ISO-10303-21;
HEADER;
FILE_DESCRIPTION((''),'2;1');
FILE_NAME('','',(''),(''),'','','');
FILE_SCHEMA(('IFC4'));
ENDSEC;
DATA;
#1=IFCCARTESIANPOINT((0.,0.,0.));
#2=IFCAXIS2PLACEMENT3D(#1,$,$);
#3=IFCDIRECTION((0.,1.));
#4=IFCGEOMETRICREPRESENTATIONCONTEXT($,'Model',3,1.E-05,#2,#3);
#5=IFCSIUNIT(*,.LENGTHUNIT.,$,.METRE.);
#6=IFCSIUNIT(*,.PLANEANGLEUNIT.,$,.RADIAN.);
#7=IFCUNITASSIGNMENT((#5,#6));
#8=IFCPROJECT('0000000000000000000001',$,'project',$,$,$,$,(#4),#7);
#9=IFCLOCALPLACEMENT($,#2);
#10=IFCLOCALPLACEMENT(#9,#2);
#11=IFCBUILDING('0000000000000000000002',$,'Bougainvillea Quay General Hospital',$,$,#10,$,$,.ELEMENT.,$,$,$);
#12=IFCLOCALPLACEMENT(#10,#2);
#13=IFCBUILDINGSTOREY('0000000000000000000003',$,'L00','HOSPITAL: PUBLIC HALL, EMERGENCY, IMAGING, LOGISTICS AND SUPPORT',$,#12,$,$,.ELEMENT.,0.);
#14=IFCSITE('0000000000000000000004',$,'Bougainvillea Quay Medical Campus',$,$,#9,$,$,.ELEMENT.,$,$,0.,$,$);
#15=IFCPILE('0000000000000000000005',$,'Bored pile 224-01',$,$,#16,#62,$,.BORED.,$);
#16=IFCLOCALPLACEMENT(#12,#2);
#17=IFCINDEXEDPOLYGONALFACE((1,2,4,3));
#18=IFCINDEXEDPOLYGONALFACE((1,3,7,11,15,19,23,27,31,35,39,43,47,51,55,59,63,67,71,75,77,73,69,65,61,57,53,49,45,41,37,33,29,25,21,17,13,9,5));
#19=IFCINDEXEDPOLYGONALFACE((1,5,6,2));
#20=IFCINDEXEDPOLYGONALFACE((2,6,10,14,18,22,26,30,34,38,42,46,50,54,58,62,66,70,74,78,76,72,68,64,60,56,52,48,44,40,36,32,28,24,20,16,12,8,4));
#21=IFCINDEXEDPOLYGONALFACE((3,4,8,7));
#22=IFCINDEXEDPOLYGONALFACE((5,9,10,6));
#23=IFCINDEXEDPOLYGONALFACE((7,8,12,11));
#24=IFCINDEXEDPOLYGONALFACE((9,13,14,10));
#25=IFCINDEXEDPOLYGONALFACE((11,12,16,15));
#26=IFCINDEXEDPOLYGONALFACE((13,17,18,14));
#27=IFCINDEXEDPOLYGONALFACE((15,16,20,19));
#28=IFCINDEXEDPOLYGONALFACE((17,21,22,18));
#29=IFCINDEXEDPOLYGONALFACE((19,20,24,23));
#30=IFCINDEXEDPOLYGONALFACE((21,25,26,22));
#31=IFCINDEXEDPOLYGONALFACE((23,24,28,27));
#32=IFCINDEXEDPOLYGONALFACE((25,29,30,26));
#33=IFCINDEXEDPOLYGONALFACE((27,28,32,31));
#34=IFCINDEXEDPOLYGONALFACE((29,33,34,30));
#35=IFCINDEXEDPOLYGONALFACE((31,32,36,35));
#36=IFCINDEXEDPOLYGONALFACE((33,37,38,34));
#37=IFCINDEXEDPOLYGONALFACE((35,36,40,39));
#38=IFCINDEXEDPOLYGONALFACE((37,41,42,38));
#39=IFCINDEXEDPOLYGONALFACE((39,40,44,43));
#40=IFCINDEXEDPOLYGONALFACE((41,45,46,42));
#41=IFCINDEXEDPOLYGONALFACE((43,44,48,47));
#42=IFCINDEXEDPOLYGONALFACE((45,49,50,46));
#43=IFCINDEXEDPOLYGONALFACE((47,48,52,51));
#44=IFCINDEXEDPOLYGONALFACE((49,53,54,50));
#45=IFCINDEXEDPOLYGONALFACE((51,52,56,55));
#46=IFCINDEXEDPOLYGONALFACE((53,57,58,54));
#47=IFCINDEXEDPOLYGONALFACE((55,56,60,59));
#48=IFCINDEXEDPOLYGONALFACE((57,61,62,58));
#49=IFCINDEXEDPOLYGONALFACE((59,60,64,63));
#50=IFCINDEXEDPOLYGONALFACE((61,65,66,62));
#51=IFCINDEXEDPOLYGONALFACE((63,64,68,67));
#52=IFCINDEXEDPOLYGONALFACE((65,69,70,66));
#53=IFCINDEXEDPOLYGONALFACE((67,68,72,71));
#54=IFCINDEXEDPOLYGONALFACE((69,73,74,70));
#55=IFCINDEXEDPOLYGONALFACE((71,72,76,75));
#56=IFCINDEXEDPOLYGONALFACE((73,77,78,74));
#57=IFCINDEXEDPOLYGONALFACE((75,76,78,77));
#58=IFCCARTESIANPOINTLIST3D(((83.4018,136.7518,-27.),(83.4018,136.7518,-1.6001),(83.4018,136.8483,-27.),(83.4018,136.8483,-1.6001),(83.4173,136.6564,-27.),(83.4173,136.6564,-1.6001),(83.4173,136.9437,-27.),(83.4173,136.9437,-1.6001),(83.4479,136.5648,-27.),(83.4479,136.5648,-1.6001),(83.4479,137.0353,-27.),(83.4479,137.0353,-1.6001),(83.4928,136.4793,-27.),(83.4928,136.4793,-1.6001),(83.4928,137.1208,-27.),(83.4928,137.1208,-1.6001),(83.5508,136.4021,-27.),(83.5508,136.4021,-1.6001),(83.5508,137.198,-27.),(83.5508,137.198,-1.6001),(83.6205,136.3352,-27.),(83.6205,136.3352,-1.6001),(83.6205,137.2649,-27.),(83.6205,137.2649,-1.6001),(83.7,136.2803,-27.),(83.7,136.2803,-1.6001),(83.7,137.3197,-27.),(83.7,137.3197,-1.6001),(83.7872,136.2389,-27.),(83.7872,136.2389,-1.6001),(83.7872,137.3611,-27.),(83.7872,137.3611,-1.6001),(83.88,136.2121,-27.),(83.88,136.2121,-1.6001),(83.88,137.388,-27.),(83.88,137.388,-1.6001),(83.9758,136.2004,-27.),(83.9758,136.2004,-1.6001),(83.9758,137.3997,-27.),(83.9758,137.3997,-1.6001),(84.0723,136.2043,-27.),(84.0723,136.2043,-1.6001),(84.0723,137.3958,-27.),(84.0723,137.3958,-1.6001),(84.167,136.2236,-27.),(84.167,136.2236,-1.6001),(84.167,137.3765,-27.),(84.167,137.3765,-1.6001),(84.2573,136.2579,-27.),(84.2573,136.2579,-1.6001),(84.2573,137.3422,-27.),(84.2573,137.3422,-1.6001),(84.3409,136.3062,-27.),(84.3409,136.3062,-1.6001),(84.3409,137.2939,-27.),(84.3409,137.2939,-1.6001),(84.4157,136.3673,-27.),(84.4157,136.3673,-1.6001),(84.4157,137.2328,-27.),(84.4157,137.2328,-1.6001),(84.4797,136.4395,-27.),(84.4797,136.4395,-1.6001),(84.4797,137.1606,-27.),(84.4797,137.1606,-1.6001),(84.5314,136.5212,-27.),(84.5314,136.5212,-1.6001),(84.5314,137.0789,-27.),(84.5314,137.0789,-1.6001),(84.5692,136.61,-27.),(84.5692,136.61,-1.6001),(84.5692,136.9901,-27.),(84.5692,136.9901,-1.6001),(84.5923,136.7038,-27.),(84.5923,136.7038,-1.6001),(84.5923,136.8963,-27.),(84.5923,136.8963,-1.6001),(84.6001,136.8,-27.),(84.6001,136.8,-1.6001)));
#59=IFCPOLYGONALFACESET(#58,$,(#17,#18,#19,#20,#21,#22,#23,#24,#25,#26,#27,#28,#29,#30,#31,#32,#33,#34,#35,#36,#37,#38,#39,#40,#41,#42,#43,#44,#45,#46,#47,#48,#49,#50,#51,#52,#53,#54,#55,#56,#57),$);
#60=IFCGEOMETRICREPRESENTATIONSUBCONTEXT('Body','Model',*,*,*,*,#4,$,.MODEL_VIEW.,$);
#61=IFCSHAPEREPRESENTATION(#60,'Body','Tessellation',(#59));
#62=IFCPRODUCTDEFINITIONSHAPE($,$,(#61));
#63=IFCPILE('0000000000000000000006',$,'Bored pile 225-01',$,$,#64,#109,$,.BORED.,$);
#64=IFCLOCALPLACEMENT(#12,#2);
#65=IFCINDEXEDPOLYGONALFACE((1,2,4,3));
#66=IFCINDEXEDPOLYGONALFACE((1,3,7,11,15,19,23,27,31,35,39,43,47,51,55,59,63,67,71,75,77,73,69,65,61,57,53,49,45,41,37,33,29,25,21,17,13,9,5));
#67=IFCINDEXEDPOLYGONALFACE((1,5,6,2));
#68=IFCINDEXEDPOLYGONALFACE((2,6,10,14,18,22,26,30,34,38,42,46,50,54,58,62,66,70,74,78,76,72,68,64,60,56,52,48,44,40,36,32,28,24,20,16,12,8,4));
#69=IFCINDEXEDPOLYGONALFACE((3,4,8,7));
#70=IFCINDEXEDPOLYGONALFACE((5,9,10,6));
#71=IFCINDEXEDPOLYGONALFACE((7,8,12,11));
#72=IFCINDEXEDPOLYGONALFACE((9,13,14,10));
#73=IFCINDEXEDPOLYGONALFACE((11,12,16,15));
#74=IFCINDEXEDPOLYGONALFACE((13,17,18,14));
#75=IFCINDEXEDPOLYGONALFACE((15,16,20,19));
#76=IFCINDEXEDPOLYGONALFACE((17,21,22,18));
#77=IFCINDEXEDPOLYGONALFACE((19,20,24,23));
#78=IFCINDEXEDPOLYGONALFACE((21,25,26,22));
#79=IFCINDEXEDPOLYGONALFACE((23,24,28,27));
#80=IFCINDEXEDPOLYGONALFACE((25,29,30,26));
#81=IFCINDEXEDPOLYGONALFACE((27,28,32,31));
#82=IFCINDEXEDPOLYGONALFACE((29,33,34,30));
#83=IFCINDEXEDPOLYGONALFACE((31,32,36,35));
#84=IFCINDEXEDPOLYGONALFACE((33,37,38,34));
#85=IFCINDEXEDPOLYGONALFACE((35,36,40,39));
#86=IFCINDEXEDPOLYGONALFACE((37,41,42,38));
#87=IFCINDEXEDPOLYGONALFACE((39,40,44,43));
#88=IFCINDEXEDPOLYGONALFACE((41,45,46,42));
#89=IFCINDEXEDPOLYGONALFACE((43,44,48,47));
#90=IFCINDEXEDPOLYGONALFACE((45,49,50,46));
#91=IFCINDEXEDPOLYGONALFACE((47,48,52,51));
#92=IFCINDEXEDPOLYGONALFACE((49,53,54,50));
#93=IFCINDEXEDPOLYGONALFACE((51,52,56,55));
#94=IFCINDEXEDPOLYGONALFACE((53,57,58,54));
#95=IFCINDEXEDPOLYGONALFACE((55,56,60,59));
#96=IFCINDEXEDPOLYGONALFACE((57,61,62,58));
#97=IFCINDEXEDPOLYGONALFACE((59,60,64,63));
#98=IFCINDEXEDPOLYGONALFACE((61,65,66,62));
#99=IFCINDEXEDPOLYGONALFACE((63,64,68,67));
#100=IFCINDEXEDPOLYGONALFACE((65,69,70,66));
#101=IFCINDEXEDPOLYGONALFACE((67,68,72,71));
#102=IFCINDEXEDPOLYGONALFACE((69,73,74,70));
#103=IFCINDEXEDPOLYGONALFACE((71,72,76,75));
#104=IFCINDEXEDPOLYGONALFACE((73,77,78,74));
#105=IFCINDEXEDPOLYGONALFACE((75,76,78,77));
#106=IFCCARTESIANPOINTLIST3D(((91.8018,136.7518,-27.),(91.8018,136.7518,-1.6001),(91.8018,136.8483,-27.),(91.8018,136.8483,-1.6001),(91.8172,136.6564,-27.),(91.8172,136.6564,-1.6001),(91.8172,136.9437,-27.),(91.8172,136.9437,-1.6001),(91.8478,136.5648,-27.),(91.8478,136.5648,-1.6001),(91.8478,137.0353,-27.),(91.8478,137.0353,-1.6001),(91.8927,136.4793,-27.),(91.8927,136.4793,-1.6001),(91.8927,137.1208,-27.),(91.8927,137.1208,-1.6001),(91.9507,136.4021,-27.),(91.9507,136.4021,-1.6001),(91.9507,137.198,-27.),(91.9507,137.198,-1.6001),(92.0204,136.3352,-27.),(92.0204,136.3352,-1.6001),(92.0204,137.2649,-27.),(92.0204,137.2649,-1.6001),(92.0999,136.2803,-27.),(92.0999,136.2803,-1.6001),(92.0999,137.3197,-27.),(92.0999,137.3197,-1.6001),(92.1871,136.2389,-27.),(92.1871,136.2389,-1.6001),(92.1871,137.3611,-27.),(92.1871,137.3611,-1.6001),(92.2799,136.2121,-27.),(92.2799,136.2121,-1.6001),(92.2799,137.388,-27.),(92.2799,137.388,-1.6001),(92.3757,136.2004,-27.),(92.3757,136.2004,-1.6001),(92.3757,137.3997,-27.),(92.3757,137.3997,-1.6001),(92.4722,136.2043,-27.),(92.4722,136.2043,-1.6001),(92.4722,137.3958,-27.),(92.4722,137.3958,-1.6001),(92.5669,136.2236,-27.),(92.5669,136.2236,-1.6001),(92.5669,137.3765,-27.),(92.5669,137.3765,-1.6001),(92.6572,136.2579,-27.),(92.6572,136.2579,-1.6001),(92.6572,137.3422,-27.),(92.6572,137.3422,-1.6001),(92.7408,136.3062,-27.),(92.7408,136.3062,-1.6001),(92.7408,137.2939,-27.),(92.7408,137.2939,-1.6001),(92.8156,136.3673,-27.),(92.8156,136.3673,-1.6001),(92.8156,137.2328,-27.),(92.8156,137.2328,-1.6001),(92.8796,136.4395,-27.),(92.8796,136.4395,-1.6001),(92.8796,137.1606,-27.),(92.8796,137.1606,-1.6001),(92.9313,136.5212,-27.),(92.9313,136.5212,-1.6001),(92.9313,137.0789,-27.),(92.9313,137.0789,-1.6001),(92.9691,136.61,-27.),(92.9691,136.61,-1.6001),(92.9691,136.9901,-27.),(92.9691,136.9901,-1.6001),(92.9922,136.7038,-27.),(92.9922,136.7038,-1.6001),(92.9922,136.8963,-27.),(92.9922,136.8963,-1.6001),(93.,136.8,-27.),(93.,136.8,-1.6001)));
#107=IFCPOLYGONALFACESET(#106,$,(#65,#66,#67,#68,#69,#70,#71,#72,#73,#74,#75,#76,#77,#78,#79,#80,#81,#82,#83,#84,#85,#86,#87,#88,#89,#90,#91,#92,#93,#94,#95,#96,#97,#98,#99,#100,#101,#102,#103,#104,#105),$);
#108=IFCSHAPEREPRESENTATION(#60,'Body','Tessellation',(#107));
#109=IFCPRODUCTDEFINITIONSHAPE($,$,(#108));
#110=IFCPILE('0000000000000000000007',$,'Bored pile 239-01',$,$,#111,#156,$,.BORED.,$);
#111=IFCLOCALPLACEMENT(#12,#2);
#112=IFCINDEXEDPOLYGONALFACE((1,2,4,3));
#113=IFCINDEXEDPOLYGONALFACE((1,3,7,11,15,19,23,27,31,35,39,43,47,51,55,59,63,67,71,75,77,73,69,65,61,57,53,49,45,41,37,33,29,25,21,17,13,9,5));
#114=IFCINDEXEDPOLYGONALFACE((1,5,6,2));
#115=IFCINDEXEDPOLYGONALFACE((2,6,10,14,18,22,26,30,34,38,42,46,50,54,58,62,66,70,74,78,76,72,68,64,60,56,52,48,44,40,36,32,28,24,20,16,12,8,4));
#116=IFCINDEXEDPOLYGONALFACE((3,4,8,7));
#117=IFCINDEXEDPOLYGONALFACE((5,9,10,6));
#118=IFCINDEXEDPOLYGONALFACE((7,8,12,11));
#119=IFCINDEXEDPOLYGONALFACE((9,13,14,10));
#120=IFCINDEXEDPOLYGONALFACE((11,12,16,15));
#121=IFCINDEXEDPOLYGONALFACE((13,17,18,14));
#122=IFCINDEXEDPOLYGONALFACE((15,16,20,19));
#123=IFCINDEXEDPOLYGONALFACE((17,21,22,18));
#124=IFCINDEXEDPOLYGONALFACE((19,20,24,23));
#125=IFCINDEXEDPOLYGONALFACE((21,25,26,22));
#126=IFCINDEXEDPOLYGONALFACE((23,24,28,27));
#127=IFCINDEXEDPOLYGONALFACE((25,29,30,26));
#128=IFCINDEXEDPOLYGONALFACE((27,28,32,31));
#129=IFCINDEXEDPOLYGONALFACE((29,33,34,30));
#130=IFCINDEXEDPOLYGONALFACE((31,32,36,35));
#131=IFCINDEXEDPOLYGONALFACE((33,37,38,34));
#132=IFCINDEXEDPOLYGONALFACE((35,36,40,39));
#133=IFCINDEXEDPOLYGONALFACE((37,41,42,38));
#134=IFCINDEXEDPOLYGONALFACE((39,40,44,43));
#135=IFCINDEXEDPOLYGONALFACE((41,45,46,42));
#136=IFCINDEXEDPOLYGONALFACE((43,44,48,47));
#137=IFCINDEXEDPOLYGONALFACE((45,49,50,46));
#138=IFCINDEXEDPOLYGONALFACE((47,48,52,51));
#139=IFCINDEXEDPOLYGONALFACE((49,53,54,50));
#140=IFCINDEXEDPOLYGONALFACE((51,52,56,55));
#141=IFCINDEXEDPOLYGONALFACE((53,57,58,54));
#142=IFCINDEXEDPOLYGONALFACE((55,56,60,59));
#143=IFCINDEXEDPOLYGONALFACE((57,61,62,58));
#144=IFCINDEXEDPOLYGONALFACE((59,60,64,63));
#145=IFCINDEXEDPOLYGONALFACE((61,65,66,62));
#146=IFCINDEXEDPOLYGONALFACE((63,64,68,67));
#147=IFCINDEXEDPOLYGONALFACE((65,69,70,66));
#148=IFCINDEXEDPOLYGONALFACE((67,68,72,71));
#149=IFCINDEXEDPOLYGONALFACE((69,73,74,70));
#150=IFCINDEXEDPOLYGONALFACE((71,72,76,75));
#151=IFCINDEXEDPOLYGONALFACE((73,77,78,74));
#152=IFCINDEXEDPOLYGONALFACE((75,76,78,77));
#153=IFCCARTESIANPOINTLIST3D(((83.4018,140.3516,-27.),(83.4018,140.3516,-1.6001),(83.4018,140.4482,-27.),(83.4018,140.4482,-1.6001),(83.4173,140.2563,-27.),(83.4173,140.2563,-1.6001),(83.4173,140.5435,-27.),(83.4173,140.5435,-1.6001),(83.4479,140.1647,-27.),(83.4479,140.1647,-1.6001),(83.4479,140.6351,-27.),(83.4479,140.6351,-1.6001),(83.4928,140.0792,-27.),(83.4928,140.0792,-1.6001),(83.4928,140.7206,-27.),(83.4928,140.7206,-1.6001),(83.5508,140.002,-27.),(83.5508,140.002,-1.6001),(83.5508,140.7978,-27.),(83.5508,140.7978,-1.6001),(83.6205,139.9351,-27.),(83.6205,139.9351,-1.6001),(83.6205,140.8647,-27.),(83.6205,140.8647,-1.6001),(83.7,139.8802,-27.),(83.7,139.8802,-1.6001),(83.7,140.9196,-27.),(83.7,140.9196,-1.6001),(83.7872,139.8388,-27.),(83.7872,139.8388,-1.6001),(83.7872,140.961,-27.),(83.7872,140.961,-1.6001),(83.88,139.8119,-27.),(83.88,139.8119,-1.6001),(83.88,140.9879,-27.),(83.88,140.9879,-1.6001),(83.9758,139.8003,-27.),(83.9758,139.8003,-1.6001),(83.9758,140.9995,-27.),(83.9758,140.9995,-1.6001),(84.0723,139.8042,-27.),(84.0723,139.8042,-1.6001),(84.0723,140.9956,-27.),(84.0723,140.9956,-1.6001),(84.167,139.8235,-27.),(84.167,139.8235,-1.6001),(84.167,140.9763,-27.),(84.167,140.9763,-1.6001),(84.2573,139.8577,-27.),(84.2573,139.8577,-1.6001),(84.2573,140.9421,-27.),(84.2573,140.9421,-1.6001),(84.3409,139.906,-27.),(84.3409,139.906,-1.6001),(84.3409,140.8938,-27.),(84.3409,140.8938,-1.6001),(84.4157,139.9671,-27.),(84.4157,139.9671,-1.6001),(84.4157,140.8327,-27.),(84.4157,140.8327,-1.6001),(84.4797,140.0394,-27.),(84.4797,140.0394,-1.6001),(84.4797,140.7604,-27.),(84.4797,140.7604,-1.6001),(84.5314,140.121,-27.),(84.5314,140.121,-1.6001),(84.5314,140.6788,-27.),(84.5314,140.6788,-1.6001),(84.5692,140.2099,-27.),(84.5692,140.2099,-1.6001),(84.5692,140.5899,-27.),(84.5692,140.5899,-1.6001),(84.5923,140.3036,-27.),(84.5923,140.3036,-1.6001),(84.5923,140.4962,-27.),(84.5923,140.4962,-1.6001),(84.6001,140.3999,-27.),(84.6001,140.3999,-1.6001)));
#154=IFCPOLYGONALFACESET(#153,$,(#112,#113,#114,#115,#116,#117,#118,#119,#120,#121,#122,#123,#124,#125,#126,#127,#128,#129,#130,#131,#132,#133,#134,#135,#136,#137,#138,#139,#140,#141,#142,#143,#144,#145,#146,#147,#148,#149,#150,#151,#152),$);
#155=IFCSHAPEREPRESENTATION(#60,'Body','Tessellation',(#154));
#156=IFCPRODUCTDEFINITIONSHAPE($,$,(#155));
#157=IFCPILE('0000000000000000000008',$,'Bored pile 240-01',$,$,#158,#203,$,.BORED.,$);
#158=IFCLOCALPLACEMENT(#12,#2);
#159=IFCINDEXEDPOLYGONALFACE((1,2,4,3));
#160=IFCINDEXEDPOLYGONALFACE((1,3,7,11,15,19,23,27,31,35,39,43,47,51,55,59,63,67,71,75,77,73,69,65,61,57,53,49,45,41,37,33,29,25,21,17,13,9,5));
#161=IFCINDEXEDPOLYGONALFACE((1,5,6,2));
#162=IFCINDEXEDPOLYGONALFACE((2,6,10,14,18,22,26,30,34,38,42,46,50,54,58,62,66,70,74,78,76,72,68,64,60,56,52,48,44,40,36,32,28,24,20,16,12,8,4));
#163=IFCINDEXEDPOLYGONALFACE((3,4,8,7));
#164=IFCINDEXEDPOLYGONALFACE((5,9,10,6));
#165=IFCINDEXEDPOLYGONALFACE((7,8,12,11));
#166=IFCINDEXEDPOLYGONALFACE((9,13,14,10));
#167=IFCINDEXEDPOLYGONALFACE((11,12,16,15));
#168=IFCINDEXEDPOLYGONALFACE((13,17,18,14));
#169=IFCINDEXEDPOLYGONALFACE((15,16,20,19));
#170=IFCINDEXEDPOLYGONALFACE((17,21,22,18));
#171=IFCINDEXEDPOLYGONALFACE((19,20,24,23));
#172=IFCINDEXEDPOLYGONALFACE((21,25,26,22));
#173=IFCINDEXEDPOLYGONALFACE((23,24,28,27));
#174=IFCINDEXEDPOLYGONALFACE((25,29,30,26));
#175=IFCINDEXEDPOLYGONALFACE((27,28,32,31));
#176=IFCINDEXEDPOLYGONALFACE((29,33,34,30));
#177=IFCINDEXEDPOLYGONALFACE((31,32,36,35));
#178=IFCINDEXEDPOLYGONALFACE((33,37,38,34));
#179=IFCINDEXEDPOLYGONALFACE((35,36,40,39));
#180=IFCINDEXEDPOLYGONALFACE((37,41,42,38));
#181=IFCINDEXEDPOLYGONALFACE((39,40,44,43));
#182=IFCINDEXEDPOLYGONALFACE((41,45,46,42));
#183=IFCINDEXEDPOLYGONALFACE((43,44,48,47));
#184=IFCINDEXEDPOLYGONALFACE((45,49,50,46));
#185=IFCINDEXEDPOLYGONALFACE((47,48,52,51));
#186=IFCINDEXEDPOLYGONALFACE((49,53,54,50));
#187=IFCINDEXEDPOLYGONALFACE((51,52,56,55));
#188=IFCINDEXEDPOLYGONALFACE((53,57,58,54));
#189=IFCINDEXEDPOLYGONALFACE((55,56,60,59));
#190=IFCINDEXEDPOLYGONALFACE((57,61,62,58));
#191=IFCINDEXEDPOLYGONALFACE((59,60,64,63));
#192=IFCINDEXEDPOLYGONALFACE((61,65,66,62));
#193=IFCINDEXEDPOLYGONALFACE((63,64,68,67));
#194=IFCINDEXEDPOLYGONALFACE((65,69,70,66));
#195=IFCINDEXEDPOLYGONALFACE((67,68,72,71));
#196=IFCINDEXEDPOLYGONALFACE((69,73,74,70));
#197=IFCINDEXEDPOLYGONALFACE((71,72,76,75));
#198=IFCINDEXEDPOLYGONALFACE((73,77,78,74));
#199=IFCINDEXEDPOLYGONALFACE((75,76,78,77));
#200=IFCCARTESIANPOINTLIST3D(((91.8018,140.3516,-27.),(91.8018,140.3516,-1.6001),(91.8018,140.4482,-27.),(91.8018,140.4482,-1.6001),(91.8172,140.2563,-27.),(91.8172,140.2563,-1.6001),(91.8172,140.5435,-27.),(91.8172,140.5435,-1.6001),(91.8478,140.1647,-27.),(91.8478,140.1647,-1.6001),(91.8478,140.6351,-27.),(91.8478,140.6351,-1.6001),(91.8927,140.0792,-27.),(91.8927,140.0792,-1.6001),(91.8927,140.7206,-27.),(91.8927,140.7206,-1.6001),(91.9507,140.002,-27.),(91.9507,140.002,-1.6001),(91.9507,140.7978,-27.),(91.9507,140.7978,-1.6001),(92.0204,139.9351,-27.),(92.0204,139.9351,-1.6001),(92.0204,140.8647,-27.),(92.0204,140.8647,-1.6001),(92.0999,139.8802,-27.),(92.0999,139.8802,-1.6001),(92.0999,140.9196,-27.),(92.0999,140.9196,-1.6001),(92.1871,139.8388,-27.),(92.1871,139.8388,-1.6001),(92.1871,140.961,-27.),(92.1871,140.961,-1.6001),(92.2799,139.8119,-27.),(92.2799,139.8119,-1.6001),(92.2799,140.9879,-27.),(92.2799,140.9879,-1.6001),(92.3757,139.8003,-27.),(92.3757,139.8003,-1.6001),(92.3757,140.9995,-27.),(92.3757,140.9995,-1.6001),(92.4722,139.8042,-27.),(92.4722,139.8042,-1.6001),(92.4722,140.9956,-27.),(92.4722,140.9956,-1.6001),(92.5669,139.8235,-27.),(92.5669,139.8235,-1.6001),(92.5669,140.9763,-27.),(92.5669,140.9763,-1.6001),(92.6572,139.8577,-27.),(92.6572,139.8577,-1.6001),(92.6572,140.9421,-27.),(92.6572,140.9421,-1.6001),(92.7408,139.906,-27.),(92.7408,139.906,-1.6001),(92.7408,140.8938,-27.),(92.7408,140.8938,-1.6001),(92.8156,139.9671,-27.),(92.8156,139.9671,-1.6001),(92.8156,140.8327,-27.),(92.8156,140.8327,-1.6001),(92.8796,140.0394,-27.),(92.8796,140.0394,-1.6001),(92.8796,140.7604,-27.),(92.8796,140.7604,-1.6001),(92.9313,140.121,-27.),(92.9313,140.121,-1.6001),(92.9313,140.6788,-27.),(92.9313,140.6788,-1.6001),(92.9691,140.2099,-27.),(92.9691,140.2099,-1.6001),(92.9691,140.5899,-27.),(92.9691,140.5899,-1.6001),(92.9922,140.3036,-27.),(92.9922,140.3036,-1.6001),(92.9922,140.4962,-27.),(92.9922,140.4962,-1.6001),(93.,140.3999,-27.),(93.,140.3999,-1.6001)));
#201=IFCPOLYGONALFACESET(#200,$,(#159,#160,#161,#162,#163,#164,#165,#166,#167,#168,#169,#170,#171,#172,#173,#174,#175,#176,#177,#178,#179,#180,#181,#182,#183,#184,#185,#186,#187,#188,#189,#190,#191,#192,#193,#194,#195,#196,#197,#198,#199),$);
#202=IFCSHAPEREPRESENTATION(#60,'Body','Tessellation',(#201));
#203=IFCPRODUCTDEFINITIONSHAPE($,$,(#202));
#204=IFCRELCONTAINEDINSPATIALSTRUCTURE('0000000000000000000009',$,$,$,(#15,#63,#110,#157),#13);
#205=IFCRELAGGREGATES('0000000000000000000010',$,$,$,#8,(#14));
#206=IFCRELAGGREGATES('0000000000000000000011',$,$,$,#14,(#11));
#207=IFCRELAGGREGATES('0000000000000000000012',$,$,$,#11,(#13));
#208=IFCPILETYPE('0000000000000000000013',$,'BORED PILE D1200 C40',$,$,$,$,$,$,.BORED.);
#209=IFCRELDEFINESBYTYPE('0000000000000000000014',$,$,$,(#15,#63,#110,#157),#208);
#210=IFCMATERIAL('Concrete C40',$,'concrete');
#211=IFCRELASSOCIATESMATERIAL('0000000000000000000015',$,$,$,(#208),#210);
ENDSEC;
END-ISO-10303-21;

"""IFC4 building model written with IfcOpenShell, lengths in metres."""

from ifc_helpers import new_model, si_unit, direction, frame, origin, origin_2d, place, context, subcontext, project, spatial, circle, extrude, material, material_profile, profile_set, type_object, element, save


model = new_model("IFC4")

# Units and contexts
model_context = context("Model", 3, precision=1e-05, world=origin(), true_north=direction((0.0, 1.0)))
body_context = subcontext(model_context, "Body", "Model", "MODEL_VIEW")
ifc_project = project(units=[si_unit("LENGTHUNIT", "METRE"), si_unit("PLANEANGLEUNIT", "RADIAN")], contexts=[model_context])

# Site, building, storey
site_placement = place(None, origin())
site = spatial("IfcSite", under=ifc_project, at=site_placement, Name="Bougainvillea Quay Medical Campus", CompositionType="ELEMENT", RefElevation=0.0)
building_placement = place(site_placement, origin())
building = spatial("IfcBuilding", under=site, at=building_placement, Name="Bougainvillea Quay General Hospital", CompositionType="ELEMENT")
storey_placement = place(building_placement, origin())
storey = spatial("IfcBuildingStorey", under=building, at=storey_placement, Name="L00", Description="HOSPITAL: PUBLIC HALL, EMERGENCY, IMAGING, LOGISTICS AND SUPPORT", CompositionType="ELEMENT", Elevation=0.0)

# Piles
ifc_material_1 = material(Name="Concrete C40", Category="concrete")
ifc_material_profile_1 = material_profile(ifc_material_1, circle(Radius=0.6001, at=origin_2d()))
ifc_profile_set_1 = profile_set([ifc_material_profile_1], Name="Concrete C40")
pile_type = type_object("IfcPileType", Name="BORED PILE D1200 C40", PredefinedType="BORED", material=ifc_profile_set_1)
for number, where, z_axis, x_axis, name in (
    (1, (84.0, 136.8, -1.6001), (0.0, 0.0, -1.0), (1.0, 0.0, 0.0), "Bored pile 224-01"),
    (2, (92.3999, 136.8, -1.6001), (0.0, 0.0, -1.0), (1.0, 0.0, 0.0), "Bored pile 225-01"),
    (3, (84.0, 140.3999, -1.6001), (0.0, 0.0, -1.0), (1.0, 0.0, 0.0), "Bored pile 239-01"),
    (4, (92.3999, 140.3999, -1.6001), (0.0, 0.0, -1.0), (1.0, 0.0, 0.0), "Bored pile 240-01"),
):
    element("IfcPile", number, at=place(storey_placement, frame(where, z_axis=z_axis, x_axis=x_axis)), inside=storey, type_object=pile_type, Name=name, PredefinedType="BORED", context=body_context, shape_type="SweptSolid", body=[
        extrude(circle(Radius=0.6001, at=origin_2d()), origin(), (0.0, 0.0, 1.0), 25.3999),
    ])

save(model, "model.ifc")
